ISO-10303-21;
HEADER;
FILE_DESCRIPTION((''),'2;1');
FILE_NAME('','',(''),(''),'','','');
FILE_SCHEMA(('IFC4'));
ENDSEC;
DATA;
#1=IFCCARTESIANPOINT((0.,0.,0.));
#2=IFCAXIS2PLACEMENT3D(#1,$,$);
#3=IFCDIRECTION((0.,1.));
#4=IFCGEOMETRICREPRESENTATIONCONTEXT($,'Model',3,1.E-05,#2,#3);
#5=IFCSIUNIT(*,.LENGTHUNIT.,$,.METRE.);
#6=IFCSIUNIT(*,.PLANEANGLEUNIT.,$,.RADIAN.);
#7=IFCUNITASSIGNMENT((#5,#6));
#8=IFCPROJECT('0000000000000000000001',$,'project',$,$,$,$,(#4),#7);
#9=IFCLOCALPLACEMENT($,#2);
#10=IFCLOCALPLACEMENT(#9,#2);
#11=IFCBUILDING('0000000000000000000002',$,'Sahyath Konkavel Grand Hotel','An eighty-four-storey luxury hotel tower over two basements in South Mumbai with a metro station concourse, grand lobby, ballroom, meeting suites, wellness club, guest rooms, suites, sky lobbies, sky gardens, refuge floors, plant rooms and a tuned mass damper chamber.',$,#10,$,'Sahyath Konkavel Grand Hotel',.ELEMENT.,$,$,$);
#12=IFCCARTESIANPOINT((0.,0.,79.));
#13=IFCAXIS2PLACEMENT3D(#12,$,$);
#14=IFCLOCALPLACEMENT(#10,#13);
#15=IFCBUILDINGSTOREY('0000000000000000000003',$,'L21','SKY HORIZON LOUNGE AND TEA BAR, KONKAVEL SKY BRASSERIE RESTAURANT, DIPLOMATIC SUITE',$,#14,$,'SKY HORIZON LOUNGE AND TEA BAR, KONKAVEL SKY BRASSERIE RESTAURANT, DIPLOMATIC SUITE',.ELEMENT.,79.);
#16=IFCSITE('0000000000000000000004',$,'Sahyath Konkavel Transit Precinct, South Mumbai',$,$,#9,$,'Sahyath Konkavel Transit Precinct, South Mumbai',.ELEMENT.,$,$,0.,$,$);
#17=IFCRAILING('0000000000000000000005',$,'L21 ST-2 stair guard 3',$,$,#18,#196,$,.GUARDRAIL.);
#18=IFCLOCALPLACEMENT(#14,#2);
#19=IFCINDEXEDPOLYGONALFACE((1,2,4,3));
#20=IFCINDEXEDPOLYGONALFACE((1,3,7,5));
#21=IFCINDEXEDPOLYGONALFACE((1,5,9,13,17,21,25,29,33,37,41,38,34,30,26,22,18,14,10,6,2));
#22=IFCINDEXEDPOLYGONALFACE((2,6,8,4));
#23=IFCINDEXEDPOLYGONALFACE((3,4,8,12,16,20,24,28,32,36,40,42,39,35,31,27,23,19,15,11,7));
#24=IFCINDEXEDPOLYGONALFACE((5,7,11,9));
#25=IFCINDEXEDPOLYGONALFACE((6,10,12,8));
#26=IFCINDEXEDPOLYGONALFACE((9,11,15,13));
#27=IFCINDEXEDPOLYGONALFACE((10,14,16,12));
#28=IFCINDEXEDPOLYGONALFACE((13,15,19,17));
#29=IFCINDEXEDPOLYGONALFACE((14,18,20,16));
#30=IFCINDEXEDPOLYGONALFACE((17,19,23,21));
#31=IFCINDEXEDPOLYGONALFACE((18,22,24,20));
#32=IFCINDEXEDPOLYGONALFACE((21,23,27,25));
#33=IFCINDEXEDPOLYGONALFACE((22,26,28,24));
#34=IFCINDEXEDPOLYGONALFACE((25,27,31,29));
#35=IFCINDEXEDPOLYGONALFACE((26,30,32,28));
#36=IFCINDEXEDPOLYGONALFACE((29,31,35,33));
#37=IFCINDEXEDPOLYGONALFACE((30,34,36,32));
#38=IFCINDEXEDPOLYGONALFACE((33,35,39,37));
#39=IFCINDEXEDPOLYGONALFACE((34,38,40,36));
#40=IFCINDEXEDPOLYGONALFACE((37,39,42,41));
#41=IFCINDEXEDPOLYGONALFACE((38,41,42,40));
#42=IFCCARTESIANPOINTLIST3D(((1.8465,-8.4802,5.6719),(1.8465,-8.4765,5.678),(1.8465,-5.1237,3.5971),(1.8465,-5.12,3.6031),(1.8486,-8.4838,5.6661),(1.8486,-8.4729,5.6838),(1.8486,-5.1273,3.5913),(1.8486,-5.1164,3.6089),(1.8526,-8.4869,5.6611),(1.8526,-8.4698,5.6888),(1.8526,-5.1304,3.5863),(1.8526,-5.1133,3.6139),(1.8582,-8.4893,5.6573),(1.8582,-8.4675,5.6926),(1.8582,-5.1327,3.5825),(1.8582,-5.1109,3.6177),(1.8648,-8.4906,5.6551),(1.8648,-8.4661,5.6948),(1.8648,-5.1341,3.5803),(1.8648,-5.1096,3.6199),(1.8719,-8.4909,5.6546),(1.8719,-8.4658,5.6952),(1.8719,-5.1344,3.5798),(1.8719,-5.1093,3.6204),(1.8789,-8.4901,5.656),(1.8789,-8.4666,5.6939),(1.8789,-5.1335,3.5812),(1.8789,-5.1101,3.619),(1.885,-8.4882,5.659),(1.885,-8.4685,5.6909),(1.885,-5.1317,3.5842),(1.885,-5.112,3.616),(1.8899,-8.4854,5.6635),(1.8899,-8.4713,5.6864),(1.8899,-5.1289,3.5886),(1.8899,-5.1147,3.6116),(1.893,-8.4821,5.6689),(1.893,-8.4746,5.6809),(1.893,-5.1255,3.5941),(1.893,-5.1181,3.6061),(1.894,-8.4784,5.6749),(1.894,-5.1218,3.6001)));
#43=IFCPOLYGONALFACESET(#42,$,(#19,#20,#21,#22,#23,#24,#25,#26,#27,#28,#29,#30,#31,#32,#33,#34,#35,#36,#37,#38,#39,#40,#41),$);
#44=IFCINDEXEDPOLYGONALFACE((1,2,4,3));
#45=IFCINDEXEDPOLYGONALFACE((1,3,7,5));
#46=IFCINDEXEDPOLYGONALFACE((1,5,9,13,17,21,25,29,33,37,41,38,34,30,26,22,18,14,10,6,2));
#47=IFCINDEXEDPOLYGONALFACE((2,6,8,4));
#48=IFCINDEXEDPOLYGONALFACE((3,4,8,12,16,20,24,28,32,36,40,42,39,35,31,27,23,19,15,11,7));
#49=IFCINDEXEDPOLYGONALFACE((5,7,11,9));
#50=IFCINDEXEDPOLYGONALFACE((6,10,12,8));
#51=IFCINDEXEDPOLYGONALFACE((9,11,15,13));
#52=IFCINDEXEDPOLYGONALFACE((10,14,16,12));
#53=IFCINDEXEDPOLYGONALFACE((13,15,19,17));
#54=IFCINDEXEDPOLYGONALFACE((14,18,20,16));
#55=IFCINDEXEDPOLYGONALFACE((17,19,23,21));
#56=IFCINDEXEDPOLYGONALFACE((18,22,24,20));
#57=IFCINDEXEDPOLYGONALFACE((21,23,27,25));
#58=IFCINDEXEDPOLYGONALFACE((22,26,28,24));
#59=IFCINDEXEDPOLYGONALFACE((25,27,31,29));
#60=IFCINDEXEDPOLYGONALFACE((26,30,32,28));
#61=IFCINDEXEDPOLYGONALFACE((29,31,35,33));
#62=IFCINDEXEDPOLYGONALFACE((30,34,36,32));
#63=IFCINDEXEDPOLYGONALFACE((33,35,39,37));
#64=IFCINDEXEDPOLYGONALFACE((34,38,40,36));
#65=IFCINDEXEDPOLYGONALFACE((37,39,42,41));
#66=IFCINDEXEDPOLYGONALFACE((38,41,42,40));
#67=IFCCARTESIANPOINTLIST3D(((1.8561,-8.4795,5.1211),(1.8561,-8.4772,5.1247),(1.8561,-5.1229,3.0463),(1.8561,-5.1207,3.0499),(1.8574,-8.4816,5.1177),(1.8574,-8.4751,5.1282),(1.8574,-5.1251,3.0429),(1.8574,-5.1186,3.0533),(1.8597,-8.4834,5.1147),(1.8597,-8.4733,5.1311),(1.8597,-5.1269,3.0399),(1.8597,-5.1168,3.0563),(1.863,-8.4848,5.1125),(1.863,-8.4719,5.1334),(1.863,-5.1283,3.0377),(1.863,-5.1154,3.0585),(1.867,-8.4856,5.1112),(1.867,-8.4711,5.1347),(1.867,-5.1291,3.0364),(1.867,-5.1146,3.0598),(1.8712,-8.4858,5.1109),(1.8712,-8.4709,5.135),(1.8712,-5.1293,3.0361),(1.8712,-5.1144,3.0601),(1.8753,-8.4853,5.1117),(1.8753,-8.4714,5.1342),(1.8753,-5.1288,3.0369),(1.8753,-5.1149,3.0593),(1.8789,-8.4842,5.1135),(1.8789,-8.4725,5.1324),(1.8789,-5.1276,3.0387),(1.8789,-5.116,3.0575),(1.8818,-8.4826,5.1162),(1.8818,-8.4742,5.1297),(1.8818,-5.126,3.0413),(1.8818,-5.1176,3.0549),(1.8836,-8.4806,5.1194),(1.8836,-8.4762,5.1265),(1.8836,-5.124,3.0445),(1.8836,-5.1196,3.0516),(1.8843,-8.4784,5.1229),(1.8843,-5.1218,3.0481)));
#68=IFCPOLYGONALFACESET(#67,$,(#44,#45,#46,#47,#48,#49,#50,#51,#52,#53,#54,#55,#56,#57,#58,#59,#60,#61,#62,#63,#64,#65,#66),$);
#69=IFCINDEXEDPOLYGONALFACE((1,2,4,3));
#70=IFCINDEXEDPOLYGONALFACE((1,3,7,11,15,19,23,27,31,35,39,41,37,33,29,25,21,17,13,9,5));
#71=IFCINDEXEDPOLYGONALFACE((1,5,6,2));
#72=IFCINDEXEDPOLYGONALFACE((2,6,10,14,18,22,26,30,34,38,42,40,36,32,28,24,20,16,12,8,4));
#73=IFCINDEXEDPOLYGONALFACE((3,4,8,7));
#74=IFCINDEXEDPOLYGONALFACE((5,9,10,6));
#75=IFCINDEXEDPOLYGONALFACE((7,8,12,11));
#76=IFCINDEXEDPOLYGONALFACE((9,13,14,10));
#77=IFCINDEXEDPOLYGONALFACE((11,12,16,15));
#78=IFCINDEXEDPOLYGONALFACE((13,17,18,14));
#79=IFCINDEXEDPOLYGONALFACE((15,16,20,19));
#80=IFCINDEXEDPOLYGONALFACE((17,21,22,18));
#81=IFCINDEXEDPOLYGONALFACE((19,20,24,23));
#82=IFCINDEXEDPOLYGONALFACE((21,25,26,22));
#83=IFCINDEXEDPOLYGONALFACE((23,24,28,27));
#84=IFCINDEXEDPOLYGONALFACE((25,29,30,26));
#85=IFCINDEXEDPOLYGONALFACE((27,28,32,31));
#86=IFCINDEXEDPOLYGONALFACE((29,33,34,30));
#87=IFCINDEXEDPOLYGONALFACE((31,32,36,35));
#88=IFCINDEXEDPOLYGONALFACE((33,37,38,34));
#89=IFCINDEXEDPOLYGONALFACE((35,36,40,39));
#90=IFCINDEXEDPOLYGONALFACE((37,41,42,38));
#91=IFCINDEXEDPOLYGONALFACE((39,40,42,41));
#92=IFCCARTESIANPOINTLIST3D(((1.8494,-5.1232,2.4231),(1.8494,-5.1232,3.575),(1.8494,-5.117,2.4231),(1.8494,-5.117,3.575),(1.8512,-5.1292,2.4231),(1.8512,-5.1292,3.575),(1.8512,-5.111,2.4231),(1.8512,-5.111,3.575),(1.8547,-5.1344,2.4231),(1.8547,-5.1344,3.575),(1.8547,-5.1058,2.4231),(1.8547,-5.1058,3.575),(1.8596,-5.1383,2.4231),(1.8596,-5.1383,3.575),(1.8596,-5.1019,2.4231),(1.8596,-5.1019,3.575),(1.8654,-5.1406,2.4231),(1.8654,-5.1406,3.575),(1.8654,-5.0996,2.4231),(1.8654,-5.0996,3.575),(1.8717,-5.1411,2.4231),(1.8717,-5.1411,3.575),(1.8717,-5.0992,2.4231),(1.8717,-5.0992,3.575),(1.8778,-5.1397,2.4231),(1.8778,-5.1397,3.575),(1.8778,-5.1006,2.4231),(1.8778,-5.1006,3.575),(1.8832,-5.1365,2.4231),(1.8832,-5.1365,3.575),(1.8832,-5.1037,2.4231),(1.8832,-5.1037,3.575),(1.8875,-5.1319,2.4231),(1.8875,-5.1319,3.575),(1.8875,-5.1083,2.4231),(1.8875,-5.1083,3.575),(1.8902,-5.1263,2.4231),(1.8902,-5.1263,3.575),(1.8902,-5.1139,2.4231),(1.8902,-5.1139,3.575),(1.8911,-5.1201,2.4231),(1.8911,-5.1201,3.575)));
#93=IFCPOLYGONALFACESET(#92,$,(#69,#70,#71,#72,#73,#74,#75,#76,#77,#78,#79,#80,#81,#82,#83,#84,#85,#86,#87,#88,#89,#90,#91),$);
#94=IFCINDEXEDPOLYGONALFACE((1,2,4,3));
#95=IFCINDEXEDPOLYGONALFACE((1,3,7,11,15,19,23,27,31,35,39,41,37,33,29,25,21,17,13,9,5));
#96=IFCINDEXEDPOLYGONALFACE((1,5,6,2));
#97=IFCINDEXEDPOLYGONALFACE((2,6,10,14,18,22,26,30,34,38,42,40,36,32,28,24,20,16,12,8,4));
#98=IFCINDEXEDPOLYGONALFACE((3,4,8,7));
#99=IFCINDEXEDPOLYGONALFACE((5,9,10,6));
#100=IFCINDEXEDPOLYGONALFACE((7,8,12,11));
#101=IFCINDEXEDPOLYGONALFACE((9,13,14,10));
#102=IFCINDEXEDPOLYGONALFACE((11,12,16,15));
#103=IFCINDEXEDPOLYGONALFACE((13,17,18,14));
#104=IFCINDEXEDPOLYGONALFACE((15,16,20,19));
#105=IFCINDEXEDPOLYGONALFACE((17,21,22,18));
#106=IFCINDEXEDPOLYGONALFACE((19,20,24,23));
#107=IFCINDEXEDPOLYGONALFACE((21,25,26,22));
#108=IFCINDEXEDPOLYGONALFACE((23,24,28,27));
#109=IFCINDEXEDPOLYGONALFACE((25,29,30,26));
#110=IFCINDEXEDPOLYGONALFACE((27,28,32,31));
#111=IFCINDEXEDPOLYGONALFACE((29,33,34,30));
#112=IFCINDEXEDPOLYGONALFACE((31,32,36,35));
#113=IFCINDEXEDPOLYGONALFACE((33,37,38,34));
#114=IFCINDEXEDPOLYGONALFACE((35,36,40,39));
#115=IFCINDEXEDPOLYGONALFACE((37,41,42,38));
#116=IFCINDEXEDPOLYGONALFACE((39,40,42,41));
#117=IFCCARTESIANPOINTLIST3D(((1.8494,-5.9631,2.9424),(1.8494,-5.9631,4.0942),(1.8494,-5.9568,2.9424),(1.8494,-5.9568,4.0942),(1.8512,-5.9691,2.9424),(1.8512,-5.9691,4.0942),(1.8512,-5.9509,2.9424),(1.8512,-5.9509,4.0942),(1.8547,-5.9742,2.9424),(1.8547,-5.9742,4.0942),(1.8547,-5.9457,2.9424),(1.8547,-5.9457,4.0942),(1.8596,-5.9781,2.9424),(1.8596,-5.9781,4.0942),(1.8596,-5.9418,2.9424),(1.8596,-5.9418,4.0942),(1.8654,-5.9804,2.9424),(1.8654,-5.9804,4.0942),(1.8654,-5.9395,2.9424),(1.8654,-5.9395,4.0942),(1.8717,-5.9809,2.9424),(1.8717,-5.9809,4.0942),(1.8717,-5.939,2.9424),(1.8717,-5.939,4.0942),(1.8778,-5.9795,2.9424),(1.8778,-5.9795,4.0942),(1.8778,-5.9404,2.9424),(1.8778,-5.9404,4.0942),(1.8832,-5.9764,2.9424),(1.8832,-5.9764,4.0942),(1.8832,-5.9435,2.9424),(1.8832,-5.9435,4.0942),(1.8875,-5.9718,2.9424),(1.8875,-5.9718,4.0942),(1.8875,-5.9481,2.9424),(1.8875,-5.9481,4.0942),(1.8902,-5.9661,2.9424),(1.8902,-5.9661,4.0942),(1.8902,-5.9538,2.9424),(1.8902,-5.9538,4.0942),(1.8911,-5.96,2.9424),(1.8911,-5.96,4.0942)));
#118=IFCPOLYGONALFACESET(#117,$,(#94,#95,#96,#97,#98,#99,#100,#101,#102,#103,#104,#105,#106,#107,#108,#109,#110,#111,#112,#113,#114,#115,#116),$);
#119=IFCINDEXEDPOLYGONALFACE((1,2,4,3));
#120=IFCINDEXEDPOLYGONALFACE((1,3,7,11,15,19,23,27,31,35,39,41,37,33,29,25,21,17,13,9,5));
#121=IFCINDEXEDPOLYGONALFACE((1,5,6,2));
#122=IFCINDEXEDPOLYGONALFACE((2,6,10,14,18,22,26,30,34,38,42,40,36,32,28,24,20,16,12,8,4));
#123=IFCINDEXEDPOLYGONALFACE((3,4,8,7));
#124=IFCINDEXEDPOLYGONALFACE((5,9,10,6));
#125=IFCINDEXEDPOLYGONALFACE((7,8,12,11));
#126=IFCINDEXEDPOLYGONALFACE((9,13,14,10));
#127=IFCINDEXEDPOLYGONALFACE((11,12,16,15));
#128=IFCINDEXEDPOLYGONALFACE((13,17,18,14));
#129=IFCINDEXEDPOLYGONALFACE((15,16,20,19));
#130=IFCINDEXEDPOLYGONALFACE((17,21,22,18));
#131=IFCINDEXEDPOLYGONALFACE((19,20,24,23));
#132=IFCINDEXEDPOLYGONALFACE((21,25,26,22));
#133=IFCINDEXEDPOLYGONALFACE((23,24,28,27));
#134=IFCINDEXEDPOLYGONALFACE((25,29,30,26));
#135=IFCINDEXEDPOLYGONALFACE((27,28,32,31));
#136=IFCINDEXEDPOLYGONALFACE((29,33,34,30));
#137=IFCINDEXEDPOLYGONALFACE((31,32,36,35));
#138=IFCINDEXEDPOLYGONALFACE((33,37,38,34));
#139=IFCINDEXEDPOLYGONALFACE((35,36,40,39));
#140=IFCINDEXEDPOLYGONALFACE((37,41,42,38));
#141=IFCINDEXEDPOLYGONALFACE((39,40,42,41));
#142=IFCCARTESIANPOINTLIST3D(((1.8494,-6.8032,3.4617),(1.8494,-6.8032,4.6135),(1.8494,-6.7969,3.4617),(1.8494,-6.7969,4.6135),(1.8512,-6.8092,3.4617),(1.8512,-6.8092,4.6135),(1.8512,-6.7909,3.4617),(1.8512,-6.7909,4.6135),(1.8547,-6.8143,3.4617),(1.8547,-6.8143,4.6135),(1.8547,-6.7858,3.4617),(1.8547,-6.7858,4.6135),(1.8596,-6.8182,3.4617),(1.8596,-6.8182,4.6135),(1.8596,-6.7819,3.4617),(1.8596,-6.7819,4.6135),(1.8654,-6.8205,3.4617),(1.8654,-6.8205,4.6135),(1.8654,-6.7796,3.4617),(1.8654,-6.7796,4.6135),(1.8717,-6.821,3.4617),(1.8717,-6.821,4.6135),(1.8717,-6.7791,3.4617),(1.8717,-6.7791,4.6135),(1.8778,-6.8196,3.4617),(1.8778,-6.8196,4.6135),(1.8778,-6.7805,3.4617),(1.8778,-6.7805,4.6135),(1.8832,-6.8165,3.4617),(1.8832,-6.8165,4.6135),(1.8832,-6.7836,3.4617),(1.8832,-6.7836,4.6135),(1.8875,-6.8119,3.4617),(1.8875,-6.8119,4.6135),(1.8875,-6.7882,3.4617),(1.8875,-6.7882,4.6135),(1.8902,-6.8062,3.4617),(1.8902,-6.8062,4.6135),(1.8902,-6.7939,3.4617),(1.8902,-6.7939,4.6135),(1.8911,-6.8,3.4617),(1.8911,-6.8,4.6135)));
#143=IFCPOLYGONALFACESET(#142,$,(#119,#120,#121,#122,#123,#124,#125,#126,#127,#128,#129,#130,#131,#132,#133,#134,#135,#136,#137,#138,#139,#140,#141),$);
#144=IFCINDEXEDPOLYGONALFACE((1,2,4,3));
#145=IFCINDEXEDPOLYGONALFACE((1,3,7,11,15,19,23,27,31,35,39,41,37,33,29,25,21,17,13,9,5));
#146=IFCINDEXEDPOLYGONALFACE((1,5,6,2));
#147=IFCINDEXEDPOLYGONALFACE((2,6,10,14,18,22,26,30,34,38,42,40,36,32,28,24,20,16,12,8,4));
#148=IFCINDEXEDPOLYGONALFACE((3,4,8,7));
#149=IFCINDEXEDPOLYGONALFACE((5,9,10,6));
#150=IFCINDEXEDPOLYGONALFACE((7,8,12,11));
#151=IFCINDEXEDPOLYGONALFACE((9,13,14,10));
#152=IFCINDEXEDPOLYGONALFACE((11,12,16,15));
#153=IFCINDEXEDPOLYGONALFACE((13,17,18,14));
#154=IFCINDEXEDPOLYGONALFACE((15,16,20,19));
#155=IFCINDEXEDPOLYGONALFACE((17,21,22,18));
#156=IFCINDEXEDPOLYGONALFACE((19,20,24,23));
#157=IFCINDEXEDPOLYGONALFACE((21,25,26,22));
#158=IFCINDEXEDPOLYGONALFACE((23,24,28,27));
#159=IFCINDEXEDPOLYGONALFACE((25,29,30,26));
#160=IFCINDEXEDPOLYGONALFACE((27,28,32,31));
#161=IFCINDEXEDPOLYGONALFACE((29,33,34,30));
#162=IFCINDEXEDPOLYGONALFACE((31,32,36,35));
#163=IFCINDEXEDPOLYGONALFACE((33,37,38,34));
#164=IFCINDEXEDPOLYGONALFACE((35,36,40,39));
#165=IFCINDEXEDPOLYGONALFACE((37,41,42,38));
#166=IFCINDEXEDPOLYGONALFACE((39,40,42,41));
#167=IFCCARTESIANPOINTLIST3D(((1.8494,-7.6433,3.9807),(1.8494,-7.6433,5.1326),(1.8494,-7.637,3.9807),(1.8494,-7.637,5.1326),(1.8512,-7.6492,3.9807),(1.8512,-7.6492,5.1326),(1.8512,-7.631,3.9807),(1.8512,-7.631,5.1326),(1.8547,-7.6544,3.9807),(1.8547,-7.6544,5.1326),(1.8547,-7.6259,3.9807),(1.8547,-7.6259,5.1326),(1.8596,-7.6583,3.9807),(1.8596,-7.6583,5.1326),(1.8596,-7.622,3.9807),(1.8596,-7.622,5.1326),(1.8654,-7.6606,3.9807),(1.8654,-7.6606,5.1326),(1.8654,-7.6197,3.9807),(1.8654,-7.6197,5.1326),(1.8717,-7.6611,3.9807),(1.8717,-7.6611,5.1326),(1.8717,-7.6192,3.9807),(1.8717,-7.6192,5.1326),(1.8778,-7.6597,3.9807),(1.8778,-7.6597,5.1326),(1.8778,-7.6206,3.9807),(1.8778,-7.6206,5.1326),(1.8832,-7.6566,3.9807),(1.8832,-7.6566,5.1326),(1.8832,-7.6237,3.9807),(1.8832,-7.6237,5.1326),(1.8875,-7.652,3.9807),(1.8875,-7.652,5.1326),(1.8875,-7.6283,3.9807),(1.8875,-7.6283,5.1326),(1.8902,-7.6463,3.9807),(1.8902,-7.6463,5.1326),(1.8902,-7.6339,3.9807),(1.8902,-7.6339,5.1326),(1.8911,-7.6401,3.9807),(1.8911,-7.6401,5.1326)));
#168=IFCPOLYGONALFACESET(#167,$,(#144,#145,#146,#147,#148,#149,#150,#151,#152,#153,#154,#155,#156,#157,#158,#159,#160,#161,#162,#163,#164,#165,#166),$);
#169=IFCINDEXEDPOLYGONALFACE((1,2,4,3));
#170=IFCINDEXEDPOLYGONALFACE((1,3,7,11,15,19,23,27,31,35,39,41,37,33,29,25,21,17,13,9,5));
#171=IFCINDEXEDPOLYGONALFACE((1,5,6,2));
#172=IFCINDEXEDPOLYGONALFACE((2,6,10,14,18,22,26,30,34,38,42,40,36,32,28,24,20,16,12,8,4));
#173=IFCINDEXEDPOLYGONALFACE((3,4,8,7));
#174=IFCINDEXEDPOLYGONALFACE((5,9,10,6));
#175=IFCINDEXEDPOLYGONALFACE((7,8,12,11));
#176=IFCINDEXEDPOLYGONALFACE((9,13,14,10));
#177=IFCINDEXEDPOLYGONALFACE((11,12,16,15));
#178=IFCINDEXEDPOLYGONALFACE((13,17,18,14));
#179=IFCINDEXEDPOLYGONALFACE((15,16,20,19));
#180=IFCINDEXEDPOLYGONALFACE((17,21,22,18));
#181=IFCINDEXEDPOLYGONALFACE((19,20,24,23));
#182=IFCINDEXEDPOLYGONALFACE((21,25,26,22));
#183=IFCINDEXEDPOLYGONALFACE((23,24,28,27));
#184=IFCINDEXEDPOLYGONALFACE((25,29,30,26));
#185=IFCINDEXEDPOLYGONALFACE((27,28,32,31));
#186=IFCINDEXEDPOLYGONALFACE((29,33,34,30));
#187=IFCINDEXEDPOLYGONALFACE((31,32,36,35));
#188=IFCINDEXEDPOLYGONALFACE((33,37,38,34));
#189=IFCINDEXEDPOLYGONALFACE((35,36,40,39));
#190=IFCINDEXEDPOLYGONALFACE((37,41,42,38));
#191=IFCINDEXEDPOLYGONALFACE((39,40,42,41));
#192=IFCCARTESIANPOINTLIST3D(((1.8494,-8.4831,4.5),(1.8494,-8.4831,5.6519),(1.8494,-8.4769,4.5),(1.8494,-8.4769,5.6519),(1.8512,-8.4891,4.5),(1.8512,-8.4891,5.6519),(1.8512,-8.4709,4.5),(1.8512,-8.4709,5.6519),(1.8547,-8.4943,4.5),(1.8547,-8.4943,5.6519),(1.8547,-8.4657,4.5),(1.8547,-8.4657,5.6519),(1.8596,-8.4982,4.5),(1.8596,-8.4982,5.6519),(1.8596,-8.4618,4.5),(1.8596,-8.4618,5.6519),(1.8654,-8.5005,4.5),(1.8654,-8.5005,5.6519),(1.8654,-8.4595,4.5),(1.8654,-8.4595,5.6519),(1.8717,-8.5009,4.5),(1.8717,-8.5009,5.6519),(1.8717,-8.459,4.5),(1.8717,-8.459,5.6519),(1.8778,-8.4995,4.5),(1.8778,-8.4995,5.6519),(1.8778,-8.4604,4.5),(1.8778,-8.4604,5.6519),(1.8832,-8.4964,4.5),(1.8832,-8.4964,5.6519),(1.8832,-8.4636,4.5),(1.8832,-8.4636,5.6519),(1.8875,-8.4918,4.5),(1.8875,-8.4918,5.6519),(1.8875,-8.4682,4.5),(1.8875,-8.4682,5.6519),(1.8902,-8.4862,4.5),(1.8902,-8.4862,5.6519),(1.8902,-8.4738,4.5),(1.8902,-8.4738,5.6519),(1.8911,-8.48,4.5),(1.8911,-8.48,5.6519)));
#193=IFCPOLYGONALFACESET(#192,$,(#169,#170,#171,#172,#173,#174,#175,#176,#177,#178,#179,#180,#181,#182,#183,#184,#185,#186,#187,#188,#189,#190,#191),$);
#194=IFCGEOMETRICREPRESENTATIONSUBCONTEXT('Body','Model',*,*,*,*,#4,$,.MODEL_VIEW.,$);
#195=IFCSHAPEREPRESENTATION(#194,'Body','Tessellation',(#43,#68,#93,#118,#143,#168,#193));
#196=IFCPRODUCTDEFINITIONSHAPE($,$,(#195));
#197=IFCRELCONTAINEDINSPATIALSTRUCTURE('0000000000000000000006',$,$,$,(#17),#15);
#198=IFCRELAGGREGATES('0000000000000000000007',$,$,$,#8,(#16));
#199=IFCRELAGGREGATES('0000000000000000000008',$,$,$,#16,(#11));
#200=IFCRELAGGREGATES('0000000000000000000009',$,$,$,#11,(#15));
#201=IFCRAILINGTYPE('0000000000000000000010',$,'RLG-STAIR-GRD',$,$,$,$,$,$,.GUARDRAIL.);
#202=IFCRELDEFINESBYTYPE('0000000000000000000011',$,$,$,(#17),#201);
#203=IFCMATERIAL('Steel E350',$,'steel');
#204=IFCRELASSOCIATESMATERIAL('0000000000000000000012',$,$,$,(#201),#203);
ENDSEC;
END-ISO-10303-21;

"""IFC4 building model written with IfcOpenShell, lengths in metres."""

from ifc_helpers import new_model, si_unit, direction, frame, origin, origin_2d, place, context, subcontext, project, spatial, circle, extrude, material, type_object, element, save


model = new_model("IFC4")

# Units and contexts
model_context = context("Model", 3, precision=1e-05, world=origin(), true_north=direction((0.0, 1.0)))
body_context = subcontext(model_context, "Body", "Model", "MODEL_VIEW")
ifc_project = project(units=[si_unit("LENGTHUNIT", "METRE"), si_unit("PLANEANGLEUNIT", "RADIAN")], contexts=[model_context])

# Site, building, storey
site_placement = place(None, origin())
site = spatial("IfcSite", under=ifc_project, at=site_placement, Name="Sahyath Konkavel Transit Precinct, South Mumbai", LongName="Sahyath Konkavel Transit Precinct, South Mumbai", CompositionType="ELEMENT", RefElevation=0.0)
building_placement = place(site_placement, origin())
building = spatial("IfcBuilding", under=site, at=building_placement, Name="Sahyath Konkavel Grand Hotel", Description="An eighty-four-storey luxury hotel tower over two basements in South Mumbai with a metro station concourse, grand lobby, ballroom, meeting suites, wellness club, guest rooms, suites, sky lobbies, sky gardens, refuge floors, plant rooms and a tuned mass damper chamber.", LongName="Sahyath Konkavel Grand Hotel", CompositionType="ELEMENT")
storey_placement = place(building_placement, frame((0.0, 0.0, 79.0)))
storey = spatial("IfcBuildingStorey", under=building, at=storey_placement, Name="L21", Description="SKY HORIZON LOUNGE AND TEA BAR, KONKAVEL SKY BRASSERIE RESTAURANT, DIPLOMATIC SUITE", LongName="SKY HORIZON LOUNGE AND TEA BAR, KONKAVEL SKY BRASSERIE RESTAURANT, DIPLOMATIC SUITE", CompositionType="ELEMENT", Elevation=79.0)

# Shared definitions
ifc_material_1 = material(Name="Steel E350", Category="steel")

# Railing
railing_type_1 = type_object("IfcRailingType", Name="RLG-STAIR-GRD", PredefinedType="GUARDRAIL", material=ifc_material_1)
railing_1_placement = place(storey_placement, frame((1.8701, -5.1201, 2.4231)))
element("IfcRailing", 1, at=railing_1_placement, inside=storey, type_object=railing_type_1, Name="L21 ST-2 stair guard 3", PredefinedType="GUARDRAIL", context=body_context, shape_type="SweptSolid", body=[
    extrude(circle(Radius=0.0239, at=origin_2d()), frame((0.0, -0.0017, 1.177), z_axis=(0.0, -0.850606, 0.525803), x_axis=(1.0, 0.0, 0.0)), (0.0, 0.0, 1.0), 3.946),
    extrude(circle(Radius=0.0142, at=origin_2d()), frame((0.0, -0.0017, 0.625), z_axis=(0.0, -0.850606, 0.525803), x_axis=(1.0, 0.0, 0.0)), (0.0, 0.0, 1.0), 3.946),
    extrude(circle(Radius=0.021, at=origin_2d()), origin(), (0.0, 0.0, 1.0), 1.1519),
    extrude(circle(Radius=0.021, at=origin_2d()), frame((0.0, -0.8398, 0.5193)), (0.0, 0.0, 1.0), 1.1519),
    extrude(circle(Radius=0.021, at=origin_2d()), frame((0.0, -1.6799, 1.0386)), (0.0, 0.0, 1.0), 1.1519),
    extrude(circle(Radius=0.021, at=origin_2d()), frame((0.0, -2.52, 1.5576)), (0.0, 0.0, 1.0), 1.1519),
    extrude(circle(Radius=0.021, at=origin_2d()), frame((0.0, -3.3599, 2.0769)), (0.0, 0.0, 1.0), 1.1519),
])

save(model, "model.ifc")
